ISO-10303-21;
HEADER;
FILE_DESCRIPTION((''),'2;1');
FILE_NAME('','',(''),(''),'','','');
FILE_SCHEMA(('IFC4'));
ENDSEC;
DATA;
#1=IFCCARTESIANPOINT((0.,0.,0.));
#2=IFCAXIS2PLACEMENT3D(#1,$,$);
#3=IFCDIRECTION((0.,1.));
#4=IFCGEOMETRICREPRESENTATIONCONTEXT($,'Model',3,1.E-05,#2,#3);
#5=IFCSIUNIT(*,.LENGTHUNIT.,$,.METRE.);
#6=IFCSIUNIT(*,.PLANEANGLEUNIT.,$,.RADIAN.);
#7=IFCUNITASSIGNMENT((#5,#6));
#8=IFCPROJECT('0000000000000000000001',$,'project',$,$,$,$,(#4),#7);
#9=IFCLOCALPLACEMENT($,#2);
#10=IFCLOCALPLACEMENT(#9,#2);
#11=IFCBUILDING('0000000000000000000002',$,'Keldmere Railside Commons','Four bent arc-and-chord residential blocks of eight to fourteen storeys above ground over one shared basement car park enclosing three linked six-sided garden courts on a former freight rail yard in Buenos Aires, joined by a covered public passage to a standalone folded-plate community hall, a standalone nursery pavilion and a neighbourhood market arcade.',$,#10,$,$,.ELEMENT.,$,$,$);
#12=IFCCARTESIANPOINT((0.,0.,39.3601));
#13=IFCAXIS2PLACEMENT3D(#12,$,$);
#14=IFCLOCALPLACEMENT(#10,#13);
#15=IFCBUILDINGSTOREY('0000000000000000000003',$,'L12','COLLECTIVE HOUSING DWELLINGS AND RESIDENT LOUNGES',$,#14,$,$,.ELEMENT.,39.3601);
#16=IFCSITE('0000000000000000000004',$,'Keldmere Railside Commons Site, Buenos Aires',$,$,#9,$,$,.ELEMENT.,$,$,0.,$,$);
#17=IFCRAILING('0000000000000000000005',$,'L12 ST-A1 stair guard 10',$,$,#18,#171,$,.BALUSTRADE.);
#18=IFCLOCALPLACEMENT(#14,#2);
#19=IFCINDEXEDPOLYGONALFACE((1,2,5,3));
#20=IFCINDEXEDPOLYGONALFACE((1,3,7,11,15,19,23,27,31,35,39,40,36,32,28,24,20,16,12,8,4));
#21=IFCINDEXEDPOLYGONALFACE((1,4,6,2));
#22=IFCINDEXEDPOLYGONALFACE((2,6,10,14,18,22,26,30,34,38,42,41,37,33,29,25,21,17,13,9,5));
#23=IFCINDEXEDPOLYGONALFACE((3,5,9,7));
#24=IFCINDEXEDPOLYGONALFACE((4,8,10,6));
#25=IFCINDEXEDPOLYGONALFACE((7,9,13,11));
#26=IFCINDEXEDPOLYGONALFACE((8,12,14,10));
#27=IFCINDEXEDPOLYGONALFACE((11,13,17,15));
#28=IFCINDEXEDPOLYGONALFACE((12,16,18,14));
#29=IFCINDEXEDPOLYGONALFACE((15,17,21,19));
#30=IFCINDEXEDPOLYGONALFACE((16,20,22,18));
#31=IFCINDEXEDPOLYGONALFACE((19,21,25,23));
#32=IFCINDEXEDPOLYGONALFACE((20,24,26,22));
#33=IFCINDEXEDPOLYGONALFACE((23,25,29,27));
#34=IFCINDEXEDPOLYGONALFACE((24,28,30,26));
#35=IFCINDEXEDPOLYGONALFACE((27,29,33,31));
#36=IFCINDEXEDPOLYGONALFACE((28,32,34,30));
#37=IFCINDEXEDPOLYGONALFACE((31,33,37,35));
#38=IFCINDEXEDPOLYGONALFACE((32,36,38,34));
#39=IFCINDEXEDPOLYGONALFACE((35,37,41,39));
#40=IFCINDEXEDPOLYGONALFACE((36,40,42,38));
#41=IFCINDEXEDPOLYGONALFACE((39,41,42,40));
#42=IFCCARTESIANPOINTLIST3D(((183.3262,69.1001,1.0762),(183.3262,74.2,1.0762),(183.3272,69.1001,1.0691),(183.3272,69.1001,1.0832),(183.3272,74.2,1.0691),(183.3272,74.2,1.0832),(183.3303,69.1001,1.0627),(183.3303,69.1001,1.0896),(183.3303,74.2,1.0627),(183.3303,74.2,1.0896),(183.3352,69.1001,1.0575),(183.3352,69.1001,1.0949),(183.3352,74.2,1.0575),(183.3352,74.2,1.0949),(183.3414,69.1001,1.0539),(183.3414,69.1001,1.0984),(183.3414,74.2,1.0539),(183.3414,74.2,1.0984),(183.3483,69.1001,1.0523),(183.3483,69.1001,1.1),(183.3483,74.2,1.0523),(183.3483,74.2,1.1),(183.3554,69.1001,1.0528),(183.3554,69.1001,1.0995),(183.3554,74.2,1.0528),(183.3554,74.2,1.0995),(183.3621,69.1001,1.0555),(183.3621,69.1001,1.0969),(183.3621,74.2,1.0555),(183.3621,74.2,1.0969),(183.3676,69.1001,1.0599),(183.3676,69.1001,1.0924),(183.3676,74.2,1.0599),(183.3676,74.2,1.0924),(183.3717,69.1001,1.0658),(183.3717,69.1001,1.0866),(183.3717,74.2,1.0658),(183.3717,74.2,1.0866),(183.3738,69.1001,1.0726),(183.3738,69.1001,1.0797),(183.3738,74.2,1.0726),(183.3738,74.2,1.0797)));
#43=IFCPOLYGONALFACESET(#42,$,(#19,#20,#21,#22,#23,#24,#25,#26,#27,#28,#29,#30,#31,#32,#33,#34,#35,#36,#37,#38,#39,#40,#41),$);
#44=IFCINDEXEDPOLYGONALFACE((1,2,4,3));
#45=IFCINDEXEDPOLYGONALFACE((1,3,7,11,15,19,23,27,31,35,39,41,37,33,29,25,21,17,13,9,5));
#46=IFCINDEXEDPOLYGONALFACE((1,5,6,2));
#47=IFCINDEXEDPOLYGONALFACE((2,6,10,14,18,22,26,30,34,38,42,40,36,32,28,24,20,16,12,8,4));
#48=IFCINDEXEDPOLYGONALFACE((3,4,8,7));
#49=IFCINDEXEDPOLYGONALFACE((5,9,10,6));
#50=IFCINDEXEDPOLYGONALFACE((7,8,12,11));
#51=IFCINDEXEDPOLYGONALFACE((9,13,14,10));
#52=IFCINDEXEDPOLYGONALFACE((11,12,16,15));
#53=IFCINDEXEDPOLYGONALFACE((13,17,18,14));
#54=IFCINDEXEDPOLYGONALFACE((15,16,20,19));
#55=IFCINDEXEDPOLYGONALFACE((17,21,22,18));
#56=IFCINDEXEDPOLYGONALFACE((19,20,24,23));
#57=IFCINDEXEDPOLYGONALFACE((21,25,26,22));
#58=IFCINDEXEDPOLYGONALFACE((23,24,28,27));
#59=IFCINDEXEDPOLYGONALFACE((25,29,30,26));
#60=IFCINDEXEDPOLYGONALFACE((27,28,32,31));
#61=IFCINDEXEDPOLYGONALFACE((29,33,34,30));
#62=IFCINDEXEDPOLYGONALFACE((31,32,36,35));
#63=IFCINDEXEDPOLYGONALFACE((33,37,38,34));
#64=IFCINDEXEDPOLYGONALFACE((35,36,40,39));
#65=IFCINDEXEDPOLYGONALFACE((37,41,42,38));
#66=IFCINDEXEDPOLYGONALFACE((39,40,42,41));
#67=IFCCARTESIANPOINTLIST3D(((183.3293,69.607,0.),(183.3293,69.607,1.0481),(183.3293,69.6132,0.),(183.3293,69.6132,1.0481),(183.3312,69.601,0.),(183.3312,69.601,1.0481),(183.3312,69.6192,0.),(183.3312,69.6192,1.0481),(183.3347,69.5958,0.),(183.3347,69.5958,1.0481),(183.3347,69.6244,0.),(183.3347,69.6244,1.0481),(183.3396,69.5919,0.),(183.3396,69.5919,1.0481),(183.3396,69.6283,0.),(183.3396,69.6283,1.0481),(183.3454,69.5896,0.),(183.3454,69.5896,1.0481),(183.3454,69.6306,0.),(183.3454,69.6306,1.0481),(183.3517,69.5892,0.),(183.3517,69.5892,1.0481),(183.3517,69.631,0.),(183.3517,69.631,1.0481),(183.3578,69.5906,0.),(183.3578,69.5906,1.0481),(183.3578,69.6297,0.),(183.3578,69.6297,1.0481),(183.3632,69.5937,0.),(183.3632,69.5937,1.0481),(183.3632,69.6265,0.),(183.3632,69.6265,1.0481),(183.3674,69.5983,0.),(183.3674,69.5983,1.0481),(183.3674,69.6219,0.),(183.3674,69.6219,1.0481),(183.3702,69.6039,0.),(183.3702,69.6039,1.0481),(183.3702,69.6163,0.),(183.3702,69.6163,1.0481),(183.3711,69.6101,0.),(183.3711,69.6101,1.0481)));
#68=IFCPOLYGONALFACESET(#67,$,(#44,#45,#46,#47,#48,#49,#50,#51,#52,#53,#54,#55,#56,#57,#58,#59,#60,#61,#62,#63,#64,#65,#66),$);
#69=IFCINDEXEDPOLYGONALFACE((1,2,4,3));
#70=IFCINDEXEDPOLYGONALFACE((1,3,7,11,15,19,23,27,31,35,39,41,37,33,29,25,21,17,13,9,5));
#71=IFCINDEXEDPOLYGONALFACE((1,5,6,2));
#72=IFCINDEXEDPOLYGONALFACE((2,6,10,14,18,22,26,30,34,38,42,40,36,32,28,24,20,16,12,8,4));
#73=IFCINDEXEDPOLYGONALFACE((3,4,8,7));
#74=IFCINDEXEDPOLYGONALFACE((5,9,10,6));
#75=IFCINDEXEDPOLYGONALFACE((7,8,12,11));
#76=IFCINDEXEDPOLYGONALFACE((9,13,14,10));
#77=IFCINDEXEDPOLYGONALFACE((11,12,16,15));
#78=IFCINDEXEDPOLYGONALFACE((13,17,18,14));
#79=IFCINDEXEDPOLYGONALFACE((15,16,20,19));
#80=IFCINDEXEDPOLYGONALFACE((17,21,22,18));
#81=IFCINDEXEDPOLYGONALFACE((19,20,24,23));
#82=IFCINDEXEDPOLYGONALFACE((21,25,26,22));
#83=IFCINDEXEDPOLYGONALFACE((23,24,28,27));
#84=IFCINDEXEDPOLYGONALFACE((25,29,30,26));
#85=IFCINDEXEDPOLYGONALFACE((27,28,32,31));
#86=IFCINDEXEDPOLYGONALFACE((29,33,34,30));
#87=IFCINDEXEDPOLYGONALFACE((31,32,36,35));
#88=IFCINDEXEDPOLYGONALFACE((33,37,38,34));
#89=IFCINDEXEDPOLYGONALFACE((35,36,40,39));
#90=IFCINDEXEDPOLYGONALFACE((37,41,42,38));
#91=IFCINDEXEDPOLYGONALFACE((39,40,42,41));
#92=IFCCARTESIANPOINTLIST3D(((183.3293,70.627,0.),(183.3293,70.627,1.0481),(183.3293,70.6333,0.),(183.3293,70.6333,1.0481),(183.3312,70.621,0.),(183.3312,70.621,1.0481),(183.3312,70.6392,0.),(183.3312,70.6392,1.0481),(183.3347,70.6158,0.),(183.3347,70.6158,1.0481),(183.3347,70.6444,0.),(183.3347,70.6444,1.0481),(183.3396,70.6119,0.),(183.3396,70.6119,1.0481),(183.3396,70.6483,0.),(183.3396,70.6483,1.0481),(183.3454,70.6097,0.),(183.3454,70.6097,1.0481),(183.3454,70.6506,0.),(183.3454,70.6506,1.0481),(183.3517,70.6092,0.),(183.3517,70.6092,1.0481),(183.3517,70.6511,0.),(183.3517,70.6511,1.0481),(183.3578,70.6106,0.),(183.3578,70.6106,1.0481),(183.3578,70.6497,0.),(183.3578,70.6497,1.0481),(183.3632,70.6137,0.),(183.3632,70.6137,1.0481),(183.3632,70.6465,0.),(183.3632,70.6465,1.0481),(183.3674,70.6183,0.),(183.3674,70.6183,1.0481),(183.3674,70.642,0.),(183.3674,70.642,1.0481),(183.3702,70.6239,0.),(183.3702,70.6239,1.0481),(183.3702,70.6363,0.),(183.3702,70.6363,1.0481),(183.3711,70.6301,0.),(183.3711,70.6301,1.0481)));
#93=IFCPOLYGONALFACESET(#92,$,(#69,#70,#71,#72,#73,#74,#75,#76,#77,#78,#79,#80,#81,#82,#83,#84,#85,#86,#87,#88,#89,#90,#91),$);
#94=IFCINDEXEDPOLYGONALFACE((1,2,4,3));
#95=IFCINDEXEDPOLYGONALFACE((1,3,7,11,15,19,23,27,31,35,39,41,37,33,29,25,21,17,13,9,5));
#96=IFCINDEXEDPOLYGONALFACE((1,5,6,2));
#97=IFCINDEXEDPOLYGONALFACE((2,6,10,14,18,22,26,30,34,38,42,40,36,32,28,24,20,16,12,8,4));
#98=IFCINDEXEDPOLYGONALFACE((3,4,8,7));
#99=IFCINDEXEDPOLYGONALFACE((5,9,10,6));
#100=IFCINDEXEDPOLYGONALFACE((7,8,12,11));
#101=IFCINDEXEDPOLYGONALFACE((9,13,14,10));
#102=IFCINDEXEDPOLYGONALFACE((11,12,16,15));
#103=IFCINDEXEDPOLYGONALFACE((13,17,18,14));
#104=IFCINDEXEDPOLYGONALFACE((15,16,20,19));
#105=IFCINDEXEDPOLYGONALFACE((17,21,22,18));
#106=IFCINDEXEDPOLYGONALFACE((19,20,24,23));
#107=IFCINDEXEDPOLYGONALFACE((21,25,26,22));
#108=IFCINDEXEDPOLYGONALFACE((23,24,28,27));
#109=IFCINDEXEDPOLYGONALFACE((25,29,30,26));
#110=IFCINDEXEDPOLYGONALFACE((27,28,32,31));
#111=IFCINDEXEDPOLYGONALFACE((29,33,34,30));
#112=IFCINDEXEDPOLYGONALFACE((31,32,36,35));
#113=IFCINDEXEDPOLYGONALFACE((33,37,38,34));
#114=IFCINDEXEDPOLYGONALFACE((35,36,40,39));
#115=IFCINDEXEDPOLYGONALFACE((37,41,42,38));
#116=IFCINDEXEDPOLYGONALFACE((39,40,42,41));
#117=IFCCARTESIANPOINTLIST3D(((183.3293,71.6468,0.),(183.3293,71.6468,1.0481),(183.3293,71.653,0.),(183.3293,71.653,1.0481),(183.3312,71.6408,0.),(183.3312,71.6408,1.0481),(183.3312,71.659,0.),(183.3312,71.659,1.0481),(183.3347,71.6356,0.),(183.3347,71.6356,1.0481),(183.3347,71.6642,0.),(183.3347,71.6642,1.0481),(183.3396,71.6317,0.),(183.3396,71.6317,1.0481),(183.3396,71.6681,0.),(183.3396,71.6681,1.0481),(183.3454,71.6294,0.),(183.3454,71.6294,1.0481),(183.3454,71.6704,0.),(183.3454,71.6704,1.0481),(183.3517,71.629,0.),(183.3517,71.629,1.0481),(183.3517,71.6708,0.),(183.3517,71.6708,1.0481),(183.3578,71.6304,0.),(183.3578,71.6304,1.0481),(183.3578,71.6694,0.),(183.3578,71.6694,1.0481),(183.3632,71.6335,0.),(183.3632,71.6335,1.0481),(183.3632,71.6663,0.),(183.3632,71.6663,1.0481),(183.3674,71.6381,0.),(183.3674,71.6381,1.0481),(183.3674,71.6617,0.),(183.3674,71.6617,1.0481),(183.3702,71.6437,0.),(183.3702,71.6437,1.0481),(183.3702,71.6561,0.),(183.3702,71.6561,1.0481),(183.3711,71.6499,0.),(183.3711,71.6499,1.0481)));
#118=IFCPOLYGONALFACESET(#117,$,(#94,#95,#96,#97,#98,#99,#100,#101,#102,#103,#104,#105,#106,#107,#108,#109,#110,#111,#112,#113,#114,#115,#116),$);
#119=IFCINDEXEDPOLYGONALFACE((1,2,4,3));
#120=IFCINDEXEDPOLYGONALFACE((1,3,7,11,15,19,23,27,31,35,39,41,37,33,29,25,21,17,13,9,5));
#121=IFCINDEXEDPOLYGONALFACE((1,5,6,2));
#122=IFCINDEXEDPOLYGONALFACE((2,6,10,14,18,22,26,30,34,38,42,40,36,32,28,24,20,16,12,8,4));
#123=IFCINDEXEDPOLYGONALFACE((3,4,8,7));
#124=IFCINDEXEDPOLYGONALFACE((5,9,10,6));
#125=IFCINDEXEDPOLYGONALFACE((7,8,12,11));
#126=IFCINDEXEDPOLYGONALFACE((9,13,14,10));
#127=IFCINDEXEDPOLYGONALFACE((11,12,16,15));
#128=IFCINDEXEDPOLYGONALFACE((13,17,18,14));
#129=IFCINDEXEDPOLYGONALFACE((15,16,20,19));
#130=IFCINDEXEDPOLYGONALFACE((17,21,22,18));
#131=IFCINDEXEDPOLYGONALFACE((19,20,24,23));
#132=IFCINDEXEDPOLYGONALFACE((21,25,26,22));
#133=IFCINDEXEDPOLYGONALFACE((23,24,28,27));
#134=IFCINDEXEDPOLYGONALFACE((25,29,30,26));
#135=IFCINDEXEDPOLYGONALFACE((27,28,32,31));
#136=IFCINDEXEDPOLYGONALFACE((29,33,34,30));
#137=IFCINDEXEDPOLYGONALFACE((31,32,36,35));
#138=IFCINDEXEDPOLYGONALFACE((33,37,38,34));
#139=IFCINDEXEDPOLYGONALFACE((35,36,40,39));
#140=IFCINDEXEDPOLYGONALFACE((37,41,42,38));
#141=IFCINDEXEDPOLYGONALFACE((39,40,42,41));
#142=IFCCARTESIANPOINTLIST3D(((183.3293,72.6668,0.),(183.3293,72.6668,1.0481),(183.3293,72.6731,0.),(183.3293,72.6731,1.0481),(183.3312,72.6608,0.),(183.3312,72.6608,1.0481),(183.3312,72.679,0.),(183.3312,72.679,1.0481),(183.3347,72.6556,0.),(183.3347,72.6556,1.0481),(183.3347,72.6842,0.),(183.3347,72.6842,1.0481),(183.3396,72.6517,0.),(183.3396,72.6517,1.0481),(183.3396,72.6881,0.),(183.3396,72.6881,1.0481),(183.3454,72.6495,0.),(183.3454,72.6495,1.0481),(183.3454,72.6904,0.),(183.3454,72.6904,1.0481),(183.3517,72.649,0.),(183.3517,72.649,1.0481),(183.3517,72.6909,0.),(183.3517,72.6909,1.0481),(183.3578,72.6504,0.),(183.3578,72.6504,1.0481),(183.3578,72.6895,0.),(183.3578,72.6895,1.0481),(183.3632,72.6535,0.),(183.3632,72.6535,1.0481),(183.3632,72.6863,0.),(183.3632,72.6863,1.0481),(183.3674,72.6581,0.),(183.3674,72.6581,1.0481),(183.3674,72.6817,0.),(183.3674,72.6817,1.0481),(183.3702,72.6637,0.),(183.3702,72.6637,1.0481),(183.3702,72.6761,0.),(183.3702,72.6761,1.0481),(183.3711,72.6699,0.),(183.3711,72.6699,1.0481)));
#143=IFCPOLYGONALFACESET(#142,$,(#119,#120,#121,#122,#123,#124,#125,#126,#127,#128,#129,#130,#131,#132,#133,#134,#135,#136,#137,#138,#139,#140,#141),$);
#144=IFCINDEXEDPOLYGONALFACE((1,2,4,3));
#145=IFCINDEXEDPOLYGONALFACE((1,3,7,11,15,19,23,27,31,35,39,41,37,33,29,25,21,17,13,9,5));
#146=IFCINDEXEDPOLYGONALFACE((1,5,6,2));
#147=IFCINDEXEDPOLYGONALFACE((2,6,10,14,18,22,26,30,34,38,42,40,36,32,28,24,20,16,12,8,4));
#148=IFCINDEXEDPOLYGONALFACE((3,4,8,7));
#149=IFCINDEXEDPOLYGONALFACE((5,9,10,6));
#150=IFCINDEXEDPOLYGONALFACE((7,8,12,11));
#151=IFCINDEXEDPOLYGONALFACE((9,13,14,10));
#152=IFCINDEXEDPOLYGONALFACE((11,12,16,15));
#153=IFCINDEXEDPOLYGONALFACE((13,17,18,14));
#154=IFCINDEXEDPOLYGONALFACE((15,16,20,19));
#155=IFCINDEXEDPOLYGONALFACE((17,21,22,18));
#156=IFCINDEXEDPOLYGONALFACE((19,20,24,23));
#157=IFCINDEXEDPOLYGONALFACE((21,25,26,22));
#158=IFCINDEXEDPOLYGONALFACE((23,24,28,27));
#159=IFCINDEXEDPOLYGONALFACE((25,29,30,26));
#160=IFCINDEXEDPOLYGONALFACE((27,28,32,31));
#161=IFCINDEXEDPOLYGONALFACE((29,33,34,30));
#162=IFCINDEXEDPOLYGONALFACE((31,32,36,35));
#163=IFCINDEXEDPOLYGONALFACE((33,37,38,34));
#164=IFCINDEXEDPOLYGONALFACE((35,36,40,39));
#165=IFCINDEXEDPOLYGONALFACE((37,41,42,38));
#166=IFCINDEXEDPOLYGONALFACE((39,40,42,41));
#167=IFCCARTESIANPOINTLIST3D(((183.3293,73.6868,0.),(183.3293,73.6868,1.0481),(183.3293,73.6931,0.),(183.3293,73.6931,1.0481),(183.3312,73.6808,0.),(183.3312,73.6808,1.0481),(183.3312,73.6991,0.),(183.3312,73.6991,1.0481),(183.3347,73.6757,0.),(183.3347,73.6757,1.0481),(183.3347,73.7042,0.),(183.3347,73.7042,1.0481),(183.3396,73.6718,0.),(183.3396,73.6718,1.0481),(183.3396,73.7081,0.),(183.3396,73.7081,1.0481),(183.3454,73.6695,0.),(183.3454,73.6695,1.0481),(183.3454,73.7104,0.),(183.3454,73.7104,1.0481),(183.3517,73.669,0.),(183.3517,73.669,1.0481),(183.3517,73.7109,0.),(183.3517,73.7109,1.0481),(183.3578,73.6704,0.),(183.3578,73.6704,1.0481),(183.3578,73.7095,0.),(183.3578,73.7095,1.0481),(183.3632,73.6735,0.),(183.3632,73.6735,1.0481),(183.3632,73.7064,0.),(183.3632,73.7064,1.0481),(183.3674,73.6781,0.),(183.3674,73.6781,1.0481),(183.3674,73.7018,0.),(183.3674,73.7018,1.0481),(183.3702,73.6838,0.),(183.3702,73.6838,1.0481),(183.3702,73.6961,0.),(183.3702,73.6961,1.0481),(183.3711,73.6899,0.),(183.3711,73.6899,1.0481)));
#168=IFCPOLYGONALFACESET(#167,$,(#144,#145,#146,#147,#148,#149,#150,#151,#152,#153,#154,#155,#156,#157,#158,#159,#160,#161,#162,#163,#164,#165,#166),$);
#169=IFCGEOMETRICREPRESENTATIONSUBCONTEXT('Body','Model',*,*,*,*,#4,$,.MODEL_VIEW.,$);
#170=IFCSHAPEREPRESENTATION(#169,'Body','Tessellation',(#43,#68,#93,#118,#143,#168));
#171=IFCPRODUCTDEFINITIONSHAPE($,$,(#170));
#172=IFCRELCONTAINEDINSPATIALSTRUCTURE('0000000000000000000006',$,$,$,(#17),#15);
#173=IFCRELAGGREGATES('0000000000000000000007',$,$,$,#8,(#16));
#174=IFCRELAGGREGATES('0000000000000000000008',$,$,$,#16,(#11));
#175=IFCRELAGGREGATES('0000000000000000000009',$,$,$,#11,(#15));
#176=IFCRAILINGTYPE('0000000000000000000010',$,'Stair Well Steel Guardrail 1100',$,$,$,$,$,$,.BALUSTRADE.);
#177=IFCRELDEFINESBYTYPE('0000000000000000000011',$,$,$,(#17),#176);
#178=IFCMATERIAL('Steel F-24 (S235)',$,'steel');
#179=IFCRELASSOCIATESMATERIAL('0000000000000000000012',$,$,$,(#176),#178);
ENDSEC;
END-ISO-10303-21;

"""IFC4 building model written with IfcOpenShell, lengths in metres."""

from ifc_helpers import new_model, si_unit, direction, frame, origin, origin_2d, place, context, subcontext, project, spatial, circle, extrude, material, type_object, element, save


model = new_model("IFC4")

# Units and contexts
model_context = context("Model", 3, precision=1e-05, world=origin(), true_north=direction((0.0, 1.0)))
body_context = subcontext(model_context, "Body", "Model", "MODEL_VIEW")
ifc_project = project(units=[si_unit("LENGTHUNIT", "METRE"), si_unit("PLANEANGLEUNIT", "RADIAN")], contexts=[model_context])

# Site, building, storey
site_placement = place(None, origin())
site = spatial("IfcSite", under=ifc_project, at=site_placement, Name="Keldmere Railside Commons Site, Buenos Aires", CompositionType="ELEMENT", RefElevation=0.0)
building_placement = place(site_placement, origin())
building = spatial("IfcBuilding", under=site, at=building_placement, Name="Keldmere Railside Commons", Description="Four bent arc-and-chord residential blocks of eight to fourteen storeys above ground over one shared basement car park enclosing three linked six-sided garden courts on a former freight rail yard in Buenos Aires, joined by a covered public passage to a standalone folded-plate community hall, a standalone nursery pavilion and a neighbourhood market arcade.", CompositionType="ELEMENT")
storey_placement = place(building_placement, frame((0.0, 0.0, 39.3601)))
storey = spatial("IfcBuildingStorey", under=building, at=storey_placement, Name="L12", Description="COLLECTIVE HOUSING DWELLINGS AND RESIDENT LOUNGES", CompositionType="ELEMENT", Elevation=39.3601)

# Railing
ifc_material_1 = material(Name="Steel F-24 (S235)", Category="steel")
railing_type_1 = type_object("IfcRailingType", Name="Stair Well Steel Guardrail 1100", PredefinedType="BALUSTRADE", material=ifc_material_1)
railing_1_placement = place(storey_placement, frame((183.3501, 69.1001, 0.0)))
element("IfcRailing", 1, at=railing_1_placement, inside=storey, type_object=railing_type_1, Name="L12 ST-A1 stair guard 10", PredefinedType="BALUSTRADE", context=body_context, shape_type="SweptSolid", body=[
    extrude(circle(Radius=0.0239, at=origin_2d()), frame((0.0, 0.0, 1.0762), z_axis=(0.0, 1.0, 0.0), x_axis=(-1.0, 0.0, 0.0)), (0.0, 0.0, 1.0), 5.0999),
    extrude(circle(Radius=0.021, at=origin_2d()), frame((0.0, 0.51, 0.0)), (0.0, 0.0, 1.0), 1.0481),
    extrude(circle(Radius=0.021, at=origin_2d()), frame((0.0, 1.53, 0.0)), (0.0, 0.0, 1.0), 1.0481),
    extrude(circle(Radius=0.021, at=origin_2d()), frame((0.0, 2.5498, 0.0)), (0.0, 0.0, 1.0), 1.0481),
    extrude(circle(Radius=0.021, at=origin_2d()), frame((0.0, 3.5698, 0.0)), (0.0, 0.0, 1.0), 1.0481),
    extrude(circle(Radius=0.021, at=origin_2d()), frame((0.0, 4.5898, 0.0)), (0.0, 0.0, 1.0), 1.0481),
])

save(model, "model.ifc")
